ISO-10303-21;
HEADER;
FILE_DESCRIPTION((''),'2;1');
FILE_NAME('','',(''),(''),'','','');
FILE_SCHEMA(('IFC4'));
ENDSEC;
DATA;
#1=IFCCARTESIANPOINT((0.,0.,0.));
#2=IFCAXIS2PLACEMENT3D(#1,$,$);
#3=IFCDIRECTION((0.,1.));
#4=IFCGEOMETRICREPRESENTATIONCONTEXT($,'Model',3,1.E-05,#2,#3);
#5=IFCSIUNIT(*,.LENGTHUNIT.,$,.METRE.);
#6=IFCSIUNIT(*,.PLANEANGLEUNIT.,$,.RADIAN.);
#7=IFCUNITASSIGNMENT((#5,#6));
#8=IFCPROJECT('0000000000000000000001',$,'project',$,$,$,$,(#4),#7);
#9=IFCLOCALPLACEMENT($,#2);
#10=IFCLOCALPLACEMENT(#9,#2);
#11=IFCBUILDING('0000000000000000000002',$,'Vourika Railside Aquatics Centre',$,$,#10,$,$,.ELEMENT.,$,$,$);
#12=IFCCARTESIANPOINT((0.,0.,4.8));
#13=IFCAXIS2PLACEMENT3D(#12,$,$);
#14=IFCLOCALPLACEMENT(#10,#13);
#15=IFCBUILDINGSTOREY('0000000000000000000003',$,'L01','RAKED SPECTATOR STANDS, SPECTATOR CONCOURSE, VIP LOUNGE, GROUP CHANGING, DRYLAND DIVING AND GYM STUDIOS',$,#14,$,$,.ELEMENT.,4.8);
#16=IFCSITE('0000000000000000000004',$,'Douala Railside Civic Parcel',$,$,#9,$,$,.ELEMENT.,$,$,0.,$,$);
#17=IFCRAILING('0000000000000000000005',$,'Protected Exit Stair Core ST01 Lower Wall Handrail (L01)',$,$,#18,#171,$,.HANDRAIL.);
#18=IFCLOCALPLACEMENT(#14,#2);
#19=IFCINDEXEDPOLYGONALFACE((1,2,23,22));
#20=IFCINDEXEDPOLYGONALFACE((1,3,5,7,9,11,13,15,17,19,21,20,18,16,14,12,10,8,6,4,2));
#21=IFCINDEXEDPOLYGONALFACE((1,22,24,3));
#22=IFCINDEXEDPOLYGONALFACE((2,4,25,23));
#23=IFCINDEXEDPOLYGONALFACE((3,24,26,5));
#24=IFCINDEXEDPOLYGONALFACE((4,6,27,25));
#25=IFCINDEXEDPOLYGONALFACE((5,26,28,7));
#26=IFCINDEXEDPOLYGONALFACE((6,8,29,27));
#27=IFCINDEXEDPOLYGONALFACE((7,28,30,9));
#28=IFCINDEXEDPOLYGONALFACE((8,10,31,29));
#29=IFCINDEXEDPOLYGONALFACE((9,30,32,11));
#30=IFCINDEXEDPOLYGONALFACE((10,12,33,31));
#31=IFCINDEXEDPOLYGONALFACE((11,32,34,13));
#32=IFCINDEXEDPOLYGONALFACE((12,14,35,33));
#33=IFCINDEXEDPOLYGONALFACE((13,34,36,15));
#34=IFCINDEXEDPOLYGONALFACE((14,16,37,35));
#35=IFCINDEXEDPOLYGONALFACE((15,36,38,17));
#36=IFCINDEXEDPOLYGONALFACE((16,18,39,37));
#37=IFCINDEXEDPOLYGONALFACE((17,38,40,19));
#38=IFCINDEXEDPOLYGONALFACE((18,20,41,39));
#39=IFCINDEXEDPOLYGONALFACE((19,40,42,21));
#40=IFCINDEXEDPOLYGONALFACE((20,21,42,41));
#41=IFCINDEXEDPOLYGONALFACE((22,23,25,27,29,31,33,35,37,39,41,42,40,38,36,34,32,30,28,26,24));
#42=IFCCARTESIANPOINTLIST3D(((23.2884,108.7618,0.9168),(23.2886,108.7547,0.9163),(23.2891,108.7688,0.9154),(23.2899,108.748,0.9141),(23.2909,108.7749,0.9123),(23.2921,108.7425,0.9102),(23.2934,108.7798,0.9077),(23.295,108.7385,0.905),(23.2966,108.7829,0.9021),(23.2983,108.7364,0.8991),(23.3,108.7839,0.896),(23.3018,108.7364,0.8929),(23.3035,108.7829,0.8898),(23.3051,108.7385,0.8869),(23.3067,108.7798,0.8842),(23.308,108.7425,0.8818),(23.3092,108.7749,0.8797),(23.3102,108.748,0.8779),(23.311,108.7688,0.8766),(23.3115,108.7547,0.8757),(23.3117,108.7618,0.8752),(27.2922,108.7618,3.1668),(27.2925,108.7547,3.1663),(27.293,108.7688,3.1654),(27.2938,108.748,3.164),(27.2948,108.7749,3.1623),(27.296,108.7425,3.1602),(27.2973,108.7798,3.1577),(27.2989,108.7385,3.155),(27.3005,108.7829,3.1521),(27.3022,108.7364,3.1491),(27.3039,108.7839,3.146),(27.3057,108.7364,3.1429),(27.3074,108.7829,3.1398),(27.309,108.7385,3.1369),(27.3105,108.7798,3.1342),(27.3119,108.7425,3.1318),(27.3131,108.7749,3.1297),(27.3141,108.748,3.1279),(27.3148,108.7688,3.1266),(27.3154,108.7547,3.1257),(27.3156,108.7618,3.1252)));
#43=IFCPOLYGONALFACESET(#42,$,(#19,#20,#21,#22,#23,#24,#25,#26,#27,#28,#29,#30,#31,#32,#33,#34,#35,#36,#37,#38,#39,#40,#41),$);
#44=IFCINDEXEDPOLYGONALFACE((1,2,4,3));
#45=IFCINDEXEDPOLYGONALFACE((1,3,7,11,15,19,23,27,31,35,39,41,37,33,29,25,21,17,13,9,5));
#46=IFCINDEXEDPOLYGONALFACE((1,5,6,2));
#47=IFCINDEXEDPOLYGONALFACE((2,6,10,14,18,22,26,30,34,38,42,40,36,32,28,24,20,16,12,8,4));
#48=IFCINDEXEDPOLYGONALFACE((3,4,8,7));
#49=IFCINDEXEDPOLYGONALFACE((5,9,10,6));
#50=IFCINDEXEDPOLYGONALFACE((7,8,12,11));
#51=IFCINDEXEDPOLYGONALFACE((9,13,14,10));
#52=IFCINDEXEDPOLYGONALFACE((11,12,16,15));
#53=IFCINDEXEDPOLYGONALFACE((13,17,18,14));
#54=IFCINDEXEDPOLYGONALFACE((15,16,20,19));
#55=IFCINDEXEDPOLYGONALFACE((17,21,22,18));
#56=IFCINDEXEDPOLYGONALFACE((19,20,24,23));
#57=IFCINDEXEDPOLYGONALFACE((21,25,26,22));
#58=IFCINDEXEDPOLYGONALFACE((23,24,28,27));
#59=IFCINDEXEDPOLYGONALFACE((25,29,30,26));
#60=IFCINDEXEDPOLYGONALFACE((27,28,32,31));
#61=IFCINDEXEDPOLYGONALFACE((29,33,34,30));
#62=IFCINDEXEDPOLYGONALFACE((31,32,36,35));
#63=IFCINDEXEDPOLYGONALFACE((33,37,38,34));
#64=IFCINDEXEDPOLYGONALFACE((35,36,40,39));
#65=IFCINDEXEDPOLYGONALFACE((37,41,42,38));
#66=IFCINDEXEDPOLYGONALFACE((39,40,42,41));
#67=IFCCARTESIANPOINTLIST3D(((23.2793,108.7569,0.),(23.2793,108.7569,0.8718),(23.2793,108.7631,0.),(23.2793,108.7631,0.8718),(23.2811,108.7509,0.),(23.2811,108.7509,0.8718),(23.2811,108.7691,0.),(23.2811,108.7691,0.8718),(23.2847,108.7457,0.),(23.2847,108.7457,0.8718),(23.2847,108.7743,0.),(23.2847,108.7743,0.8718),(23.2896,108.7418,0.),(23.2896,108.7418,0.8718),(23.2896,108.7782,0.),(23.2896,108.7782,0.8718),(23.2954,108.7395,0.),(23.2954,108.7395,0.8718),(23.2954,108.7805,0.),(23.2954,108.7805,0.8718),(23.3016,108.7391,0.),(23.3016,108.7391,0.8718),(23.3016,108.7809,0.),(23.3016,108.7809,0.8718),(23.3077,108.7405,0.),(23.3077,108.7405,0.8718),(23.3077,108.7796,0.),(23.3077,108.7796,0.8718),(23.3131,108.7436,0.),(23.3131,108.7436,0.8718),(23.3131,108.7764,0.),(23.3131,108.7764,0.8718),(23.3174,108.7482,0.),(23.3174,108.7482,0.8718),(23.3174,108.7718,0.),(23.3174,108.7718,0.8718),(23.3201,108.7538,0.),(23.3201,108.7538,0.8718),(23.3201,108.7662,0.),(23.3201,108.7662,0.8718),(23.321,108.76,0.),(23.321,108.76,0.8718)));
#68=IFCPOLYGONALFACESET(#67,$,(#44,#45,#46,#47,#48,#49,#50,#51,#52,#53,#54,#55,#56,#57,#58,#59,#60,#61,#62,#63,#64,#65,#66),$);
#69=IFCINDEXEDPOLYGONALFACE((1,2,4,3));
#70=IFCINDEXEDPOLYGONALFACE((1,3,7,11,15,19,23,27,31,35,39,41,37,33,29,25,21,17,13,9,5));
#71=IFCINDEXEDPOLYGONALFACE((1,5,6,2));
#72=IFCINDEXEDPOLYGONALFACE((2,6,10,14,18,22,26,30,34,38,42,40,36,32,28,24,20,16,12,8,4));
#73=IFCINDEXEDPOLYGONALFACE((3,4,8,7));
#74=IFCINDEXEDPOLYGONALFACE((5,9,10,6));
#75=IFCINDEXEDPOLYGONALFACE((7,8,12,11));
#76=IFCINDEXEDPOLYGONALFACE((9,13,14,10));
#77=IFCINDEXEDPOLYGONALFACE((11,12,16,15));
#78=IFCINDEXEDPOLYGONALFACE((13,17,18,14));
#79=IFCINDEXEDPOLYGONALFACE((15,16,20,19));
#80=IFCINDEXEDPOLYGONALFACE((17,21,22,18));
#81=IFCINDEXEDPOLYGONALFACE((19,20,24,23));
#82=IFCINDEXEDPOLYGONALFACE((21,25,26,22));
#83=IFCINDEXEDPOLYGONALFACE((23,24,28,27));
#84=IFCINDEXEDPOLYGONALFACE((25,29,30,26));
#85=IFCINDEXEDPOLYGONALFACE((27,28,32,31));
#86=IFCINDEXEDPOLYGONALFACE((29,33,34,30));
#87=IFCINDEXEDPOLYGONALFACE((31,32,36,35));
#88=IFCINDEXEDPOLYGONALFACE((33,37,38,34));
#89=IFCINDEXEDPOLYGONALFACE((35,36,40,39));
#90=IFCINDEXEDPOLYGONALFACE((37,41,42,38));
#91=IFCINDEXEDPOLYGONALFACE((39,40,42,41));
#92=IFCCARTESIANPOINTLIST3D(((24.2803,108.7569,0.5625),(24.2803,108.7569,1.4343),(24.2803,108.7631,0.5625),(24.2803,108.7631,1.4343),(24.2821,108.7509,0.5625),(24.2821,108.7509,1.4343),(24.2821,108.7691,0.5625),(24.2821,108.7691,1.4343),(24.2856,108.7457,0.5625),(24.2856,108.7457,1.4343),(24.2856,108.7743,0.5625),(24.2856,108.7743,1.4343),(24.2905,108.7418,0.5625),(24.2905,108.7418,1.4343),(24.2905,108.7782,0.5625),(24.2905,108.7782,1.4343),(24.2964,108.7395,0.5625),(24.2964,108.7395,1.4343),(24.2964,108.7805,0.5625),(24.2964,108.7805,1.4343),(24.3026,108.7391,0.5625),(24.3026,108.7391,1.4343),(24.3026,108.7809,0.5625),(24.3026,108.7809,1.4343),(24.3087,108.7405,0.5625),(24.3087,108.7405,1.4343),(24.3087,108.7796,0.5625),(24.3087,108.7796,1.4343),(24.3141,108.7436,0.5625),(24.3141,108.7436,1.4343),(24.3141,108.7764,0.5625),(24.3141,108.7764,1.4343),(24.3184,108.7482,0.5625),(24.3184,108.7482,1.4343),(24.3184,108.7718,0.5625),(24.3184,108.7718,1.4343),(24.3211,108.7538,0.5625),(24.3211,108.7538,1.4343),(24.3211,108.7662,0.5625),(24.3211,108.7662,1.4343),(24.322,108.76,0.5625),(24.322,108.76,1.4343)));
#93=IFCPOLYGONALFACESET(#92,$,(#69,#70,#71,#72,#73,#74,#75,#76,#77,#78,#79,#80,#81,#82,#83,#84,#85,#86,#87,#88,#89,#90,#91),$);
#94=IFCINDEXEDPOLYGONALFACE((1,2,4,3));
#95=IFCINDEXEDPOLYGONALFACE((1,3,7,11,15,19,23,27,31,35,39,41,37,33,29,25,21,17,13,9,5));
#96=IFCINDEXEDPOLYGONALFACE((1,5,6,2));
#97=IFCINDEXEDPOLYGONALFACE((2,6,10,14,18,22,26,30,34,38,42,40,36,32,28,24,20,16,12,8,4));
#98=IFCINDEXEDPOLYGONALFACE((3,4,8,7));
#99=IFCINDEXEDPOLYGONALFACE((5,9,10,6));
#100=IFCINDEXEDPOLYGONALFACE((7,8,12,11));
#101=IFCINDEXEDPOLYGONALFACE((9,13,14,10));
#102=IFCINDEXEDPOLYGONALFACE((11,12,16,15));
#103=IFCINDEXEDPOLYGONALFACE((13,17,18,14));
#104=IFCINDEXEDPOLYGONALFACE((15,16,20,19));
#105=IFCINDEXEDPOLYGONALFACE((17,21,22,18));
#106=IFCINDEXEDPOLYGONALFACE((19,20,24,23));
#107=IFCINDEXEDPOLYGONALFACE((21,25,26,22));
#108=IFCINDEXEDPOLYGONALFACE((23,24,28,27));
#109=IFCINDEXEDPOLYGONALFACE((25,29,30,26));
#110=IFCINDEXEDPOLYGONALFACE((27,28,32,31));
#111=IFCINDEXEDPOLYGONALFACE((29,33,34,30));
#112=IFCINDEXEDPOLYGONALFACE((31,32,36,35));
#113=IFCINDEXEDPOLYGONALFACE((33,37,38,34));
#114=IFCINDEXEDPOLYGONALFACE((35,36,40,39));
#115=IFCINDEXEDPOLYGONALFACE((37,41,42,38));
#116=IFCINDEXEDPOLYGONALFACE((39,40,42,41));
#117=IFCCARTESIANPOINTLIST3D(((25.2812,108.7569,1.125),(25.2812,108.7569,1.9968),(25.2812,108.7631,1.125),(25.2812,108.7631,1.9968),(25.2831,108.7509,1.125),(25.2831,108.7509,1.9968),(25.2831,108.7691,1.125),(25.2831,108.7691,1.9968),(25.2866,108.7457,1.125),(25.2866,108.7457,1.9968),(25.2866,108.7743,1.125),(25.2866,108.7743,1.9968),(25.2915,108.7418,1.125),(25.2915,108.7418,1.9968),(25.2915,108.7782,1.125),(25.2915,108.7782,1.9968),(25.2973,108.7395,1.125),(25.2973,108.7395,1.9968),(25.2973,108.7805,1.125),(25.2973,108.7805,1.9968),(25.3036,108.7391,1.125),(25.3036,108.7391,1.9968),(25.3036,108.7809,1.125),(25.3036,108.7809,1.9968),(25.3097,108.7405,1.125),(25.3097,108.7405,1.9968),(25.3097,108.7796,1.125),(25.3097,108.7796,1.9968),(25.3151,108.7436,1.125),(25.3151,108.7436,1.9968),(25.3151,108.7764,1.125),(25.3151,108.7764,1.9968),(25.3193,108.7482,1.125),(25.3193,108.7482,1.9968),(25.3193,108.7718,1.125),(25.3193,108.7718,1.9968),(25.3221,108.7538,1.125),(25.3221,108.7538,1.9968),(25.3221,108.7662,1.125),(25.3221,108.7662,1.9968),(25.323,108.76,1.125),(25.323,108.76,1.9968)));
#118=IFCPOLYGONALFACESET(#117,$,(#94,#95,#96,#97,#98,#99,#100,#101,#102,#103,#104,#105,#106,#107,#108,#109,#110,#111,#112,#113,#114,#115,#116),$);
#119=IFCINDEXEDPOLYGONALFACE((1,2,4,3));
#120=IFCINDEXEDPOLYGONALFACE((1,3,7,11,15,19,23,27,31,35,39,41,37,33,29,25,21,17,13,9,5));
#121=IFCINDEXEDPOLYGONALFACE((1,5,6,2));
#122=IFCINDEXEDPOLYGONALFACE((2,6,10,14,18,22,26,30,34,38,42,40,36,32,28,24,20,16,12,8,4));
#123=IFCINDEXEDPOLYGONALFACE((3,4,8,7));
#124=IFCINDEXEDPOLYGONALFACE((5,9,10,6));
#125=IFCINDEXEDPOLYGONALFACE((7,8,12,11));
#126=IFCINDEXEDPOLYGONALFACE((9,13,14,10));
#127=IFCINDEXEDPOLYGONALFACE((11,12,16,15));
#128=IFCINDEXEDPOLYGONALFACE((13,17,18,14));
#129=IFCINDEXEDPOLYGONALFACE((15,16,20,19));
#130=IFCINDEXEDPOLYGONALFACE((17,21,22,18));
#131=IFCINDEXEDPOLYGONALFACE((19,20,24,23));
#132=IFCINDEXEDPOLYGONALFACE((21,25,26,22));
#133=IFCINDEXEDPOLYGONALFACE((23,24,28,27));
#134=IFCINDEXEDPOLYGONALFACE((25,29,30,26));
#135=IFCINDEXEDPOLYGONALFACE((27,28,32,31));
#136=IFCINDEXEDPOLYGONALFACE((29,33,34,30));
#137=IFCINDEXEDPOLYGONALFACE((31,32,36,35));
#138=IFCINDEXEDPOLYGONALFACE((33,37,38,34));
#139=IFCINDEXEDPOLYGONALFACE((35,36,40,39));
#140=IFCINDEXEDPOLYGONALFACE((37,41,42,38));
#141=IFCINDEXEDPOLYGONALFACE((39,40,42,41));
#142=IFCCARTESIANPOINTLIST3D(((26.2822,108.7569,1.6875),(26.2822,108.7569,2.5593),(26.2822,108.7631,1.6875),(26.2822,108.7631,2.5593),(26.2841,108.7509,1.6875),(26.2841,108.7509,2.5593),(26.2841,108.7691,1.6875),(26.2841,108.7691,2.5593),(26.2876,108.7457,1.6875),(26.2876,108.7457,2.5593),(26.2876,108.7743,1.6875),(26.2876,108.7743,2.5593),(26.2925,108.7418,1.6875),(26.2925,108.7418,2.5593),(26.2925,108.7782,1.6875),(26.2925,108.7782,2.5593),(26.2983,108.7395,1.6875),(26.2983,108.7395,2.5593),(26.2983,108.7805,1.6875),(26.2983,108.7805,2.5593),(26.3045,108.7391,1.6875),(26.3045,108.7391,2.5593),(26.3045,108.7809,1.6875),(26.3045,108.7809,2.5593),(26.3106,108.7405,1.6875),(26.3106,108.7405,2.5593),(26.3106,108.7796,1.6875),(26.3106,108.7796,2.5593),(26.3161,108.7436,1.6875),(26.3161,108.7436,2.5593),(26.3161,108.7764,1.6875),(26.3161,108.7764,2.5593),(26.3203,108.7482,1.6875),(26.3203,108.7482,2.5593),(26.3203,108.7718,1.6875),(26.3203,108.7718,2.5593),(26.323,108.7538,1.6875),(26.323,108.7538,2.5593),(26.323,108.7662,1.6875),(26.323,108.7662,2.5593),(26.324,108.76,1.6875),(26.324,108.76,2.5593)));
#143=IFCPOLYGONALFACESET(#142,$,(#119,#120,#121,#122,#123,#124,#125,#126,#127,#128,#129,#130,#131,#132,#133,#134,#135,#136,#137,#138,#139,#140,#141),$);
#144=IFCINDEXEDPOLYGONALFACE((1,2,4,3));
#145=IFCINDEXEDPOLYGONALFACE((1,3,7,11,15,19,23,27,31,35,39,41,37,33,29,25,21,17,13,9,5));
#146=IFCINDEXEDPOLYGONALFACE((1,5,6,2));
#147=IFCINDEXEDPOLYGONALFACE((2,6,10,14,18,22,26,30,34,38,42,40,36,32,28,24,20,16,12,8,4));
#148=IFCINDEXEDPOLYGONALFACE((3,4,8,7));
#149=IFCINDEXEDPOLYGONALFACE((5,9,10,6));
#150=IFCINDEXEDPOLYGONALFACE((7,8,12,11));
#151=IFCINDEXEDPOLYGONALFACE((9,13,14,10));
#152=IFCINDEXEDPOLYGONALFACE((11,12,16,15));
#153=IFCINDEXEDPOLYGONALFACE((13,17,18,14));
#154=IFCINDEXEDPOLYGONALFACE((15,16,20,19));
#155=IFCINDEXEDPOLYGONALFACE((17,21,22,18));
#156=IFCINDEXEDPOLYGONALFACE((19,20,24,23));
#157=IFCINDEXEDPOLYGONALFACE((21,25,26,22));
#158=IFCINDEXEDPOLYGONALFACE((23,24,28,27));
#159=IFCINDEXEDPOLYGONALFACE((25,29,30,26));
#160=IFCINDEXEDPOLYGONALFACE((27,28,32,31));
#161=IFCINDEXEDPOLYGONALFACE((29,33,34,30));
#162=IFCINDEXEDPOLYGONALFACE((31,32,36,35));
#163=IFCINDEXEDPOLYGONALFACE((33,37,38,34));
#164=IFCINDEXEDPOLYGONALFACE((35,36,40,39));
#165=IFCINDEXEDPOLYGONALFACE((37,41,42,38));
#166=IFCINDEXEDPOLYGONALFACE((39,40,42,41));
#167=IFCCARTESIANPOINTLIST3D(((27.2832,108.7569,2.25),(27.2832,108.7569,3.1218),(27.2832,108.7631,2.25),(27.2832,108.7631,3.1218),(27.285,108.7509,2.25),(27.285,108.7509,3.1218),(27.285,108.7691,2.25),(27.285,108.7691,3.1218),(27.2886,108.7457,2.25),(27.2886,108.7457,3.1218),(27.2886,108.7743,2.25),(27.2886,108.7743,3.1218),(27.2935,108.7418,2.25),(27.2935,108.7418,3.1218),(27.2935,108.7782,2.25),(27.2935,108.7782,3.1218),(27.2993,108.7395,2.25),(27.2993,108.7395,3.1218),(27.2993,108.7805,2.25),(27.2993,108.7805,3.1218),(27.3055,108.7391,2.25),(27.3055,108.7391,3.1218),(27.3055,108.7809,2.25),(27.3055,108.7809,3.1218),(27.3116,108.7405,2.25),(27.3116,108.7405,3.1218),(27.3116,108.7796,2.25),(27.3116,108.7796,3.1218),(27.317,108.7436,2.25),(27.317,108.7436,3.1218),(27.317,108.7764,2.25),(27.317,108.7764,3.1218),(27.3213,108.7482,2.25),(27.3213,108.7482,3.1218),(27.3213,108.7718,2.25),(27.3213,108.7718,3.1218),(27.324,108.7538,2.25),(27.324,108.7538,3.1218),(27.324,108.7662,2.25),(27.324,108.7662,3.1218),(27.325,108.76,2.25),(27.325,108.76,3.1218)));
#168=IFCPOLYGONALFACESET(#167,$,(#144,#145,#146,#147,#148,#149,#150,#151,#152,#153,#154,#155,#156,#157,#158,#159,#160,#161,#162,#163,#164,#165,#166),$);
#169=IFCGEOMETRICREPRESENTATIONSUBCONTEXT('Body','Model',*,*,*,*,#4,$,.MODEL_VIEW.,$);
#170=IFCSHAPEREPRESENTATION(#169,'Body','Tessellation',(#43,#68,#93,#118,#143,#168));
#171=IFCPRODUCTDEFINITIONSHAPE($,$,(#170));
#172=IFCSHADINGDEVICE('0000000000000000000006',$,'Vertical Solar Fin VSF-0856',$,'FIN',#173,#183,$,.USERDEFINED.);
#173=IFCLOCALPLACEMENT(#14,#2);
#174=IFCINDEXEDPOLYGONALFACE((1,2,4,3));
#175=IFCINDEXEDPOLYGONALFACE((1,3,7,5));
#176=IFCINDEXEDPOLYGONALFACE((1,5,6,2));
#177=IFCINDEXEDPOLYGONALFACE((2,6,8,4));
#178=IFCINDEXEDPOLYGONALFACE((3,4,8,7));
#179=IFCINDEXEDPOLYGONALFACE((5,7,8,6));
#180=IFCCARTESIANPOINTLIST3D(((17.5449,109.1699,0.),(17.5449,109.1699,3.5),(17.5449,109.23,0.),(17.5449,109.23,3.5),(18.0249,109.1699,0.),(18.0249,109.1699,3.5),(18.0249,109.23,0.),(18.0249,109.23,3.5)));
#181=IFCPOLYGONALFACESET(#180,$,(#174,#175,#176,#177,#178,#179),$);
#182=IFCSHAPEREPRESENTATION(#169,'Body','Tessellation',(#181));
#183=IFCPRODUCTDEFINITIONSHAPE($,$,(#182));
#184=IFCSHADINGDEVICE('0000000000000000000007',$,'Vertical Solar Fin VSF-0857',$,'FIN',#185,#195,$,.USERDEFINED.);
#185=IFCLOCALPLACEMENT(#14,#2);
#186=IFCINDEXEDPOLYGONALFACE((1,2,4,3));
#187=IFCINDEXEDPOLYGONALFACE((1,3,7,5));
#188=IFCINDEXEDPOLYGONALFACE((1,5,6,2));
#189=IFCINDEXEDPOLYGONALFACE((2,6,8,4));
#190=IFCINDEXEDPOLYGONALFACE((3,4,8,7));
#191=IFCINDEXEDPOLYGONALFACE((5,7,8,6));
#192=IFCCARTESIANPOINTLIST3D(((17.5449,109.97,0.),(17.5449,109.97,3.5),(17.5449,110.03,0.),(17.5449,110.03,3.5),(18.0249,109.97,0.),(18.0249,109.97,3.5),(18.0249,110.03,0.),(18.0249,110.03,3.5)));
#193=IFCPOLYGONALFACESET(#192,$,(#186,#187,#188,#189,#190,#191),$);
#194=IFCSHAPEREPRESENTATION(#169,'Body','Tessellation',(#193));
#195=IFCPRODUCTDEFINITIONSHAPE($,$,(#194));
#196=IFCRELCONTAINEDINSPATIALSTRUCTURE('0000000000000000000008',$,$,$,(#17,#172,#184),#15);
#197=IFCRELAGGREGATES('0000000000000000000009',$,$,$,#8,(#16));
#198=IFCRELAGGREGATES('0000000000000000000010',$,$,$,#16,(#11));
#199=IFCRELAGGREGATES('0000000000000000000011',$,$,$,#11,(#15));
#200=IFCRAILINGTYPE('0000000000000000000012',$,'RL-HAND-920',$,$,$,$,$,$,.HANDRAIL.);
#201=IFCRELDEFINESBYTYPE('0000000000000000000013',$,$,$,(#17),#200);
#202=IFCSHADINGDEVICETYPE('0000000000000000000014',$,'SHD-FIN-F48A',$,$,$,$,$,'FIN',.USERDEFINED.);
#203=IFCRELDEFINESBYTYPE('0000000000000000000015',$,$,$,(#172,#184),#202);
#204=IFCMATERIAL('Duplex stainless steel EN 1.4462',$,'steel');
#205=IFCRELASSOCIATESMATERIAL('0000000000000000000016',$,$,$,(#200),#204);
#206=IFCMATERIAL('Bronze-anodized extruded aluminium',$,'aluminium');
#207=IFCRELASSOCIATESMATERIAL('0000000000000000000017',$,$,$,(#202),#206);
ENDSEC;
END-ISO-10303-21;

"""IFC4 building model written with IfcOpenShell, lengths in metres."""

from ifc_helpers import new_model, si_unit, direction, frame, origin, origin_2d, place, context, subcontext, project, spatial, rectangle, circle, extrude, material, material_profile, profile_set, type_object, element, save


model = new_model("IFC4")

# Units and contexts
model_context = context("Model", 3, precision=1e-05, world=origin(), true_north=direction((0.0, 1.0)))
body_context = subcontext(model_context, "Body", "Model", "MODEL_VIEW")
ifc_project = project(units=[si_unit("LENGTHUNIT", "METRE"), si_unit("PLANEANGLEUNIT", "RADIAN")], contexts=[model_context])

# Site, building, storey
site_placement = place(None, origin())
site = spatial("IfcSite", under=ifc_project, at=site_placement, Name="Douala Railside Civic Parcel", CompositionType="ELEMENT", RefElevation=0.0)
building_placement = place(site_placement, origin())
building = spatial("IfcBuilding", under=site, at=building_placement, Name="Vourika Railside Aquatics Centre", CompositionType="ELEMENT")
storey_placement = place(building_placement, frame((0.0, 0.0, 4.8)))
storey = spatial("IfcBuildingStorey", under=building, at=storey_placement, Name="L01", Description="RAKED SPECTATOR STANDS, SPECTATOR CONCOURSE, VIP LOUNGE, GROUP CHANGING, DRYLAND DIVING AND GYM STUDIOS", CompositionType="ELEMENT", Elevation=4.8)

# Railing
ifc_material_1 = material(Name="Duplex stainless steel EN 1.4462", Category="steel")
railing_type = type_object("IfcRailingType", Name="RL-HAND-920", PredefinedType="HANDRAIL", material=ifc_material_1)
railing_placement = place(storey_placement, frame((23.3, 108.76, 0.0)))
element("IfcRailing", 1, at=railing_placement, inside=storey, type_object=railing_type, Name="Protected Exit Stair Core ST01 Lower Wall Handrail (L01)", PredefinedType="HANDRAIL", context=body_context, shape_type="SweptSolid", body=[
    extrude(circle(Radius=0.0239, at=origin_2d()), frame((0.0, 0.0, 0.896), z_axis=(0.87178, 0.0, 0.489898), x_axis=(0.0, 1.0, 0.0)), (0.0, 0.0, 1.0), 4.5928),
    extrude(circle(Radius=0.021, at=origin_2d()), origin(), (0.0, 0.0, 1.0), 0.8718),
    extrude(circle(Radius=0.021, at=origin_2d()), frame((1.001, 0.0, 0.5625)), (0.0, 0.0, 1.0), 0.8718),
    extrude(circle(Radius=0.021, at=origin_2d()), frame((2.002, 0.0, 1.125)), (0.0, 0.0, 1.0), 0.8718),
    extrude(circle(Radius=0.021, at=origin_2d()), frame((3.0029, 0.0, 1.6875)), (0.0, 0.0, 1.0), 0.8718),
    extrude(circle(Radius=0.021, at=origin_2d()), frame((4.0039, 0.0, 2.25)), (0.0, 0.0, 1.0), 0.8718),
])

# Shading devices
ifc_material_2 = material(Name="Bronze-anodized extruded aluminium", Category="aluminium")
ifc_material_profile_1 = material_profile(ifc_material_2, rectangle(XDim=0.0601, YDim=0.48, at=origin_2d()), Name="ALU-FIN 60x480")
ifc_profile_set_1 = profile_set([ifc_material_profile_1], Name="Bronze-anodized extruded aluminium")
shading_device_type = type_object("IfcShadingDeviceType", Name="SHD-FIN-F48A", ElementType="FIN", PredefinedType="USERDEFINED", material=ifc_profile_set_1)
for number, where, z_axis, x_axis, name in (
    (2, (17.7849, 109.2, 0.0), (0.0, 0.0, 1.0), (0.0, 1.0, 0.0), "Vertical Solar Fin VSF-0856"),
    (3, (17.7849, 110.0, 0.0), (0.0, 0.0, 1.0), (0.0, 1.0, 0.0), "Vertical Solar Fin VSF-0857"),
):
    element("IfcShadingDevice", number, at=place(storey_placement, frame(where, z_axis=z_axis, x_axis=x_axis)), inside=storey, type_object=shading_device_type, Name=name, ObjectType="FIN", PredefinedType="USERDEFINED", context=body_context, shape_type="SweptSolid", body=[
        extrude(rectangle(XDim=0.0601, YDim=0.48, at=origin_2d()), origin(), (0.0, 0.0, 1.0), 3.5),
    ])

save(model, "model.ifc")
